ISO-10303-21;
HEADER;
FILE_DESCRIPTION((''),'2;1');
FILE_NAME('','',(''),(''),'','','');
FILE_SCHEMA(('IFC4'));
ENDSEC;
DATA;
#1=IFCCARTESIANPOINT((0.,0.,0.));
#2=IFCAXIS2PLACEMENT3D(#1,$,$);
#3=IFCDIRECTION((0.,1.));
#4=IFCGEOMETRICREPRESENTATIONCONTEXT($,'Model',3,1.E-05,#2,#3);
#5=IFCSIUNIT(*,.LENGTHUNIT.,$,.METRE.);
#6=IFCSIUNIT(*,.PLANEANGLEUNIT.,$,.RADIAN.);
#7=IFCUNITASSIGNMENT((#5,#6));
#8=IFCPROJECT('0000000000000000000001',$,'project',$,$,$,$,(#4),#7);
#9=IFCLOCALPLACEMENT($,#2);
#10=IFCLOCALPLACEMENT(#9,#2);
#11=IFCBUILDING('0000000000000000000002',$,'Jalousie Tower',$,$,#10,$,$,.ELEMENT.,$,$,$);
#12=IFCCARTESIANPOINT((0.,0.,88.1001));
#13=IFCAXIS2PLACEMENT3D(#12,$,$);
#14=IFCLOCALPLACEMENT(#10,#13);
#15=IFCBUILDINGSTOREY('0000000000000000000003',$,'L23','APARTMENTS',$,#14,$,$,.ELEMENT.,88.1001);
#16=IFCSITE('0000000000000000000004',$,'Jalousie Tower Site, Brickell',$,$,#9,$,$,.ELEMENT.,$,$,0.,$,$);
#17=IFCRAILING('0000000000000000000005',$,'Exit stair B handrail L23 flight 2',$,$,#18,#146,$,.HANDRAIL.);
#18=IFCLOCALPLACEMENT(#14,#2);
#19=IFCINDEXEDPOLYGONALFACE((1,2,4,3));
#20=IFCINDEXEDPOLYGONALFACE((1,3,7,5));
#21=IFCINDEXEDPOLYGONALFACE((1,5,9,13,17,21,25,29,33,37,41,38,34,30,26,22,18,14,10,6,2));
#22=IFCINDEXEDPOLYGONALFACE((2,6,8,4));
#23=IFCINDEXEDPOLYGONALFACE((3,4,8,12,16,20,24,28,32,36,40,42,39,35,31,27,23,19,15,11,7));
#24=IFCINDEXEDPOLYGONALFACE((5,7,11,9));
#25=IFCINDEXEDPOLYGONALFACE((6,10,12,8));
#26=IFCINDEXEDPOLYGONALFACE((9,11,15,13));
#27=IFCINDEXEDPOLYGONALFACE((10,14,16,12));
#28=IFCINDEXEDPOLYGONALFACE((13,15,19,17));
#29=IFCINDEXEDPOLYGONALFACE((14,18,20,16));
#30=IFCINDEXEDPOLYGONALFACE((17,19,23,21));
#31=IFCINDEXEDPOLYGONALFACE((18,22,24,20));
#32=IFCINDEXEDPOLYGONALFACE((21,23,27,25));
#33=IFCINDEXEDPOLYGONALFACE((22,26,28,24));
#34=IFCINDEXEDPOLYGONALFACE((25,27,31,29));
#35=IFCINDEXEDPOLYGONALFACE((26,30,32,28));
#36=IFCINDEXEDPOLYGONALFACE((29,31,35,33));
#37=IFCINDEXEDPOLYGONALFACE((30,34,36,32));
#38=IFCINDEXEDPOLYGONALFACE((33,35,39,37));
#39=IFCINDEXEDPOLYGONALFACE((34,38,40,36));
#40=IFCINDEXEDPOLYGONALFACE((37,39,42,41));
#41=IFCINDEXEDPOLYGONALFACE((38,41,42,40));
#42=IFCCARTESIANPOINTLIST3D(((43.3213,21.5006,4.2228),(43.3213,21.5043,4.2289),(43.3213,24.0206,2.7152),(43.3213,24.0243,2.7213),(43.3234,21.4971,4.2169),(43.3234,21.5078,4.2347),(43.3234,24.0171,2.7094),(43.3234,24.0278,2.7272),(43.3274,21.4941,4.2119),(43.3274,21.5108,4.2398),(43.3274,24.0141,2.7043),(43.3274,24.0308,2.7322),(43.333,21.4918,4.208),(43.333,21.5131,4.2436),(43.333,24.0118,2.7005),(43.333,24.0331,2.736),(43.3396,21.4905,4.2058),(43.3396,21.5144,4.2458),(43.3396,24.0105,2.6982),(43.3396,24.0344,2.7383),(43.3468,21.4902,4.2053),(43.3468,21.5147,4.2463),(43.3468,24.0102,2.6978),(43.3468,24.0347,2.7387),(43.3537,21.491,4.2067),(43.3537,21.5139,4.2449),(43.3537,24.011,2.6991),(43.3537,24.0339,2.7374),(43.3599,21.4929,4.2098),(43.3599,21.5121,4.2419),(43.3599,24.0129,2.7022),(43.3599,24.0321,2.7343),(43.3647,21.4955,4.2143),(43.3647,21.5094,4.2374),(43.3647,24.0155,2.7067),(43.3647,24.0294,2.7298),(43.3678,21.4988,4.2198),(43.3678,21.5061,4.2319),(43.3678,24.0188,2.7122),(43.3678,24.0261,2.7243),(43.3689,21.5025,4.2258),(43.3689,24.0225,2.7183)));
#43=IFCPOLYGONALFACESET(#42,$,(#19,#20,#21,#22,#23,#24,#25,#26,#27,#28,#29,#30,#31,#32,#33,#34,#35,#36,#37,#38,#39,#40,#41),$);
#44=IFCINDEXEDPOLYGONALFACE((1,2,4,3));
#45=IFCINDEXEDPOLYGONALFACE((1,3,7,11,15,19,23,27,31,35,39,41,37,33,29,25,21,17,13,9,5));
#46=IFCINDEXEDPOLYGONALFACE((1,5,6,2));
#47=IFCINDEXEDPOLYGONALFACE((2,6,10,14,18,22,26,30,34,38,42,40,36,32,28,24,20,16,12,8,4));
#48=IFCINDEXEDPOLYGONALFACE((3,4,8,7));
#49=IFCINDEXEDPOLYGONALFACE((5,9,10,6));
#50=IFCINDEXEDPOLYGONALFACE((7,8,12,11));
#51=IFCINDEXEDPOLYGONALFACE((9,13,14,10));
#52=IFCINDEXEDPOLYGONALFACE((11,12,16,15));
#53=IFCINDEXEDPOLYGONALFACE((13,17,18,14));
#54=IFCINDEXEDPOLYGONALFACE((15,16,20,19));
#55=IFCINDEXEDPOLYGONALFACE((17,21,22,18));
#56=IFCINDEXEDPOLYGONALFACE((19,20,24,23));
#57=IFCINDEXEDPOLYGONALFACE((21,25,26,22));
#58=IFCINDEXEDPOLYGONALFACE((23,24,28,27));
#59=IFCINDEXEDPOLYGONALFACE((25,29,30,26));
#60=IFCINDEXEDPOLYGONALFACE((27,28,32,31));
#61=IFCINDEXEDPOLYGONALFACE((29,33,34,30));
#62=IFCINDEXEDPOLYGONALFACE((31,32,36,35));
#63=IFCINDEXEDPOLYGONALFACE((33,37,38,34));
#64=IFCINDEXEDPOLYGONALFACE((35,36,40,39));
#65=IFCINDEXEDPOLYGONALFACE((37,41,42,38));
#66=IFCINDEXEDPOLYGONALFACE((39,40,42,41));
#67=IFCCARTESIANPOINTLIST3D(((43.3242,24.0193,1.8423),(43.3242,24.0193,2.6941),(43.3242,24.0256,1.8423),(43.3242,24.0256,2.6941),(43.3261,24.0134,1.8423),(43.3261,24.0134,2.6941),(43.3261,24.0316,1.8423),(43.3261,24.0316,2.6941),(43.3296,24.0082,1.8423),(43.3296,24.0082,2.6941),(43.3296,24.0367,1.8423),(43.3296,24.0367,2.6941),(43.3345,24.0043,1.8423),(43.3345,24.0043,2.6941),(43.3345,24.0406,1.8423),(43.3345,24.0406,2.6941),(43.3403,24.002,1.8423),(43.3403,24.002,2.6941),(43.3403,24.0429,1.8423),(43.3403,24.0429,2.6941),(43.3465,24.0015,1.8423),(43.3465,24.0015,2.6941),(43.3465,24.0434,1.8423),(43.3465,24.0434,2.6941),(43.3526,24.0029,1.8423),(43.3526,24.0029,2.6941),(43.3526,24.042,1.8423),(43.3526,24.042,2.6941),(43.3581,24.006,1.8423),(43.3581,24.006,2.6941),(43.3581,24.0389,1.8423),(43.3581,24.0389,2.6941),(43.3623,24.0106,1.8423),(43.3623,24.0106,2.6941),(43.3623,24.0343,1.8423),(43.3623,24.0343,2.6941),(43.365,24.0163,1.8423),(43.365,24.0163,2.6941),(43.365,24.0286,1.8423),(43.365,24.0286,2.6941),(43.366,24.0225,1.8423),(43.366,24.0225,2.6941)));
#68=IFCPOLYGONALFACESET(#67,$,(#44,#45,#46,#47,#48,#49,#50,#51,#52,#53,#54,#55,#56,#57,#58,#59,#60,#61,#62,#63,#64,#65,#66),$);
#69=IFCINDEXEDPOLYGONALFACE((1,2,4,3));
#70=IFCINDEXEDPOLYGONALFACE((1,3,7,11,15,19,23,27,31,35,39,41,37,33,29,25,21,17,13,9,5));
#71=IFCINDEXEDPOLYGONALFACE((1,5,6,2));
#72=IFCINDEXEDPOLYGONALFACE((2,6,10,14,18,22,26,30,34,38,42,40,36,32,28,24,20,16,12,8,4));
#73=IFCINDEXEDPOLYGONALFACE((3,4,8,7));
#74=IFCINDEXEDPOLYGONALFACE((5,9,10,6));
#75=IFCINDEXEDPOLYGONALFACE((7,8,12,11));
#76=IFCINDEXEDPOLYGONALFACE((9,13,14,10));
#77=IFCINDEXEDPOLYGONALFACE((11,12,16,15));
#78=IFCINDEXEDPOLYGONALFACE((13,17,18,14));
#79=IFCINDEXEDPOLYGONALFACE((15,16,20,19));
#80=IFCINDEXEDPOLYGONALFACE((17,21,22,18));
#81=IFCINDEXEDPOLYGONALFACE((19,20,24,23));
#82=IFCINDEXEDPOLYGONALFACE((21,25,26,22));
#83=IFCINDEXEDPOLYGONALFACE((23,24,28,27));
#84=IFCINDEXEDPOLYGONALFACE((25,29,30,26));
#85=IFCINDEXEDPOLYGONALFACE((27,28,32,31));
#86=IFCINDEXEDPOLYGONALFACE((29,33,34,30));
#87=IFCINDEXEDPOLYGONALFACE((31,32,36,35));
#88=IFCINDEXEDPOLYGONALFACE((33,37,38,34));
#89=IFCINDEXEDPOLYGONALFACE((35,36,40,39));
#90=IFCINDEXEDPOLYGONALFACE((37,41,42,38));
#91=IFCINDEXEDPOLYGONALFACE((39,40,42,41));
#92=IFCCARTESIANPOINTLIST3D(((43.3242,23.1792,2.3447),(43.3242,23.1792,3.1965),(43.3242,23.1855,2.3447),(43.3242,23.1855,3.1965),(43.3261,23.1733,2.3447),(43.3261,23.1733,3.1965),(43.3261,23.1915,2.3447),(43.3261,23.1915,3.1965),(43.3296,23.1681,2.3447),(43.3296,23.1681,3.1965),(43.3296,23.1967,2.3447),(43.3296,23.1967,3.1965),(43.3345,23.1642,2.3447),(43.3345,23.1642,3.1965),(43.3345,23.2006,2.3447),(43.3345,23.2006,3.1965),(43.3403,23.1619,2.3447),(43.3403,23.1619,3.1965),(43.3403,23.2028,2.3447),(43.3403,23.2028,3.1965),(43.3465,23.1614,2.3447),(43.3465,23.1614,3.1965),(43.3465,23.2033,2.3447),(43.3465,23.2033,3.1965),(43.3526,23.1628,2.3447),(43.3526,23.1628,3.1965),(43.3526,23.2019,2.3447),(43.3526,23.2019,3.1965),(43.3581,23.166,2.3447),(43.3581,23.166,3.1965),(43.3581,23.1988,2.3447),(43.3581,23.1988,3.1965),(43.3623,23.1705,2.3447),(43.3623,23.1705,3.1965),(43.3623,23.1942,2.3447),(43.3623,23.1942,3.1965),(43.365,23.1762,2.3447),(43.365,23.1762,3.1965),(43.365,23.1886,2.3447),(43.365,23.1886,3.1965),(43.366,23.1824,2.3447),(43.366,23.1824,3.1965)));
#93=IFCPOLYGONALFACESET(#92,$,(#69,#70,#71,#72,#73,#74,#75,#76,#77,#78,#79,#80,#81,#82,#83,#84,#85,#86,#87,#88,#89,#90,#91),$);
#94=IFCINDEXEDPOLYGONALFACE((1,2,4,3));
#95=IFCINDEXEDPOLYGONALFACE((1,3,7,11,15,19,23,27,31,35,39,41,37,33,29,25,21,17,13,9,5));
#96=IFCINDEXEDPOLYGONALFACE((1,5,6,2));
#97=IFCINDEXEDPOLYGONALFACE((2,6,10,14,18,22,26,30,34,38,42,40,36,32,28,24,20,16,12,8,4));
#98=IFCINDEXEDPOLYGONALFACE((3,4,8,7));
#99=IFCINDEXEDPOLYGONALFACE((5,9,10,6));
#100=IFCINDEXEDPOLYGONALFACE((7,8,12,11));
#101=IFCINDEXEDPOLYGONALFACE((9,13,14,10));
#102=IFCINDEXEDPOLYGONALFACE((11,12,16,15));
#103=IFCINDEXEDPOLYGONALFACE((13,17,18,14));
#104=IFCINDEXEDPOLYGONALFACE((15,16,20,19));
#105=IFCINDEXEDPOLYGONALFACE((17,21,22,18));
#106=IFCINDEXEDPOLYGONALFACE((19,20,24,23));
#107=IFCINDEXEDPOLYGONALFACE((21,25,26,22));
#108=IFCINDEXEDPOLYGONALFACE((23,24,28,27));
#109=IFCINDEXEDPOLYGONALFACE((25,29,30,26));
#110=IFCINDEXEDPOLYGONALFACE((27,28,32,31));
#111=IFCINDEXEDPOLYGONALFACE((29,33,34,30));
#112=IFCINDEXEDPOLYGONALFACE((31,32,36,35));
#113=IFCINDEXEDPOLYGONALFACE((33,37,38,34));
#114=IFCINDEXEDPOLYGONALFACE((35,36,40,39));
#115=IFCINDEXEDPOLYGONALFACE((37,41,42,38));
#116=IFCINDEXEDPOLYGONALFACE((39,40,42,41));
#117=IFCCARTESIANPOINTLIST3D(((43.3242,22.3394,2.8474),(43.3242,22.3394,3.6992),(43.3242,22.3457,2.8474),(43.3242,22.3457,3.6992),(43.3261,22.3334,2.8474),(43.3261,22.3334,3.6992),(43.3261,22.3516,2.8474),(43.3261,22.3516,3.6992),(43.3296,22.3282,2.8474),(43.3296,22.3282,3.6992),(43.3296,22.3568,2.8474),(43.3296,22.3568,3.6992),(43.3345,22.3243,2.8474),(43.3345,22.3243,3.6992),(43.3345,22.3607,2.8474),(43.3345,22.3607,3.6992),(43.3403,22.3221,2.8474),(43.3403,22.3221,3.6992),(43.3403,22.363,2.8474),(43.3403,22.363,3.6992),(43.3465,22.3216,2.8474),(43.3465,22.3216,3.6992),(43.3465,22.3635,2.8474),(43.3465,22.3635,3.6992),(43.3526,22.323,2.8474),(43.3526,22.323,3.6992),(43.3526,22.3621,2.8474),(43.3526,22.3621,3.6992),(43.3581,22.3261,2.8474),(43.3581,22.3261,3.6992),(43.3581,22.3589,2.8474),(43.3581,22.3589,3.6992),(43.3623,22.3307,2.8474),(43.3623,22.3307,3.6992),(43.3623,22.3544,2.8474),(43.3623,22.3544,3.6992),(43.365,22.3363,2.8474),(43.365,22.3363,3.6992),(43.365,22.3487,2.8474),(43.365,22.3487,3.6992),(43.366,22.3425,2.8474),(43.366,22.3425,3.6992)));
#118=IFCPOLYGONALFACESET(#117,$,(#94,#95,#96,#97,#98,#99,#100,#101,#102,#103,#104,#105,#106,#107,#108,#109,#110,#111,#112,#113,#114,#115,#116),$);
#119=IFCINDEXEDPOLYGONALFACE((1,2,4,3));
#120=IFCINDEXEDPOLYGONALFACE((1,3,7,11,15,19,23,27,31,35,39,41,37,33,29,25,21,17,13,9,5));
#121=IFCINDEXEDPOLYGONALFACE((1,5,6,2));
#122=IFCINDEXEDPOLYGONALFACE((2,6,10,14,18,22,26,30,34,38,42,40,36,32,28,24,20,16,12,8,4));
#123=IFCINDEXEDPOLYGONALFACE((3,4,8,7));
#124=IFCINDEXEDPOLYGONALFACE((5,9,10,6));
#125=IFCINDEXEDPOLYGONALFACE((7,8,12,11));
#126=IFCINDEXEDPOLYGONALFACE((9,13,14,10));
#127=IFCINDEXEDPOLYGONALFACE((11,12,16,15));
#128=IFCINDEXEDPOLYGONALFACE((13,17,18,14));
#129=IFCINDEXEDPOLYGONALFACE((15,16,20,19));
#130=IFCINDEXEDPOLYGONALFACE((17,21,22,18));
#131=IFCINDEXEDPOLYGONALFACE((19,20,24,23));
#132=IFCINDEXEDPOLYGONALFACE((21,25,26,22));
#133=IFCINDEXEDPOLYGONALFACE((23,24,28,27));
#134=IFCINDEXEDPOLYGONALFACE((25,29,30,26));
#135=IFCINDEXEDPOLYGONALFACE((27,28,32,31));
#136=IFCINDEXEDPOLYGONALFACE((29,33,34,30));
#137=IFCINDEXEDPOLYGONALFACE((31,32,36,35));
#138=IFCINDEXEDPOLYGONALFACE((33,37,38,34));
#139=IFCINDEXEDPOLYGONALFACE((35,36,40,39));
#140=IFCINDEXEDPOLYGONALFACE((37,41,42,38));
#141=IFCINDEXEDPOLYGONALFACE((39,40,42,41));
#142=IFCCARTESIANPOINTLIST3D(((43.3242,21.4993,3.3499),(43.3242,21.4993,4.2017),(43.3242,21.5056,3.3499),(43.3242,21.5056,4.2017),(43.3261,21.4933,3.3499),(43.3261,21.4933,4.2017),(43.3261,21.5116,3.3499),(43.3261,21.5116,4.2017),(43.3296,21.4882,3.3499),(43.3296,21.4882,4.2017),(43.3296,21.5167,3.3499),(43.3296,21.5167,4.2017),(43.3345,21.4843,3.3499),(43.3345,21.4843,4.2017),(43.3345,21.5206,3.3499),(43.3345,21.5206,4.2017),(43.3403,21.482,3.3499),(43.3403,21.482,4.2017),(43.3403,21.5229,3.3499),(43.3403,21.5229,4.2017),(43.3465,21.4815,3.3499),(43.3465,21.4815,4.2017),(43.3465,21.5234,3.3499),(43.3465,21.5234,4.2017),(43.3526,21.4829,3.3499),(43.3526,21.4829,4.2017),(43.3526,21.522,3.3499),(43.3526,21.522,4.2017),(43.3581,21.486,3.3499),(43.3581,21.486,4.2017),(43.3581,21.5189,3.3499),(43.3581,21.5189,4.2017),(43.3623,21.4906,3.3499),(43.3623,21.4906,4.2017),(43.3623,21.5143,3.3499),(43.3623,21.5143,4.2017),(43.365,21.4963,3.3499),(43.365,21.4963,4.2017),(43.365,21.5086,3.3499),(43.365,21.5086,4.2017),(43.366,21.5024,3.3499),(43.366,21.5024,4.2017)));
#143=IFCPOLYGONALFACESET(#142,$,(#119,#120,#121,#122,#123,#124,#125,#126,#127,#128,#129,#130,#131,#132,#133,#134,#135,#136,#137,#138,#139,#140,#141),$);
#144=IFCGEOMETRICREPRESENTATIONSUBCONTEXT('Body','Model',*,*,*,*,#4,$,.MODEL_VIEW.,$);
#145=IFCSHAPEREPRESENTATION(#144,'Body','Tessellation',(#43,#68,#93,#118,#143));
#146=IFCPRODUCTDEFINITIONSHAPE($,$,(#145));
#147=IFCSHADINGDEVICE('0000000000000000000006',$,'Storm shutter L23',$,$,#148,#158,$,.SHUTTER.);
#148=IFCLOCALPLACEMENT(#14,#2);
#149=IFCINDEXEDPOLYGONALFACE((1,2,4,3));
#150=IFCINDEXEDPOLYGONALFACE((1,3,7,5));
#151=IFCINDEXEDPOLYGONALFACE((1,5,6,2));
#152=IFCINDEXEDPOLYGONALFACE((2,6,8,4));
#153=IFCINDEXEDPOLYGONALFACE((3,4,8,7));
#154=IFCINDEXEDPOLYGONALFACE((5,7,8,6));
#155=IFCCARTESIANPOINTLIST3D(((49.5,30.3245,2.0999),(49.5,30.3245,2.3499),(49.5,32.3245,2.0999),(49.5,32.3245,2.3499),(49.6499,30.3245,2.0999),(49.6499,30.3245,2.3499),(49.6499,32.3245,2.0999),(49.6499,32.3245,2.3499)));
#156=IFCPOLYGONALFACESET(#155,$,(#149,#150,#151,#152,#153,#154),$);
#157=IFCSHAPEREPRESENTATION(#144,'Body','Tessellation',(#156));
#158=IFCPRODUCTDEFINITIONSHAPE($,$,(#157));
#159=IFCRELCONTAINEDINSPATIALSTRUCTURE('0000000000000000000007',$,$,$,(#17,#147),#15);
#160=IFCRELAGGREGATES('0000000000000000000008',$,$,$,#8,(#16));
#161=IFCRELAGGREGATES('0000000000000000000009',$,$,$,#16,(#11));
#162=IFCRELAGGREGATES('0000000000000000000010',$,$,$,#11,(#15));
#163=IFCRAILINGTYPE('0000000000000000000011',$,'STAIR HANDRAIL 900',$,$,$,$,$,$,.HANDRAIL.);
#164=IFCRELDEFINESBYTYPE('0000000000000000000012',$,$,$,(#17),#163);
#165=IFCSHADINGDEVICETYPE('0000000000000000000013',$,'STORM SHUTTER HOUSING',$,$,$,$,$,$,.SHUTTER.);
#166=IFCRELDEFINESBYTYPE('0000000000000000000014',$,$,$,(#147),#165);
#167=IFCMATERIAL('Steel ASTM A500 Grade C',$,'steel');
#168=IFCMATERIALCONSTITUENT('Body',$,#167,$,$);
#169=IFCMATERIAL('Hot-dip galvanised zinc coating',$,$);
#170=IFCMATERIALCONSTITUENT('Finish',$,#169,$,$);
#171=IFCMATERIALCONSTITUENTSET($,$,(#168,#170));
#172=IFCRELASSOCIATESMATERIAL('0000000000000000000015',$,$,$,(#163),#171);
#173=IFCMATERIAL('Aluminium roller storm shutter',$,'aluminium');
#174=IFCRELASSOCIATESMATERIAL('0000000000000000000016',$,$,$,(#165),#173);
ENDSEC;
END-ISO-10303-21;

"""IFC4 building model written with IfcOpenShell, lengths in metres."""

from ifc_helpers import new_model, si_unit, direction, frame, origin, origin_2d, place, context, subcontext, project, spatial, rectangle, circle, extrude, material, constituent, constituent_set, type_object, element, save


model = new_model("IFC4")

# Units and contexts
model_context = context("Model", 3, precision=1e-05, world=origin(), true_north=direction((0.0, 1.0)))
body_context = subcontext(model_context, "Body", "Model", "MODEL_VIEW")
ifc_project = project(units=[si_unit("LENGTHUNIT", "METRE"), si_unit("PLANEANGLEUNIT", "RADIAN")], contexts=[model_context])

# Site, building, storey
site_placement = place(None, origin())
site = spatial("IfcSite", under=ifc_project, at=site_placement, Name="Jalousie Tower Site, Brickell", CompositionType="ELEMENT", RefElevation=0.0)
building_placement = place(site_placement, origin())
building = spatial("IfcBuilding", under=site, at=building_placement, Name="Jalousie Tower", CompositionType="ELEMENT")
storey_placement = place(building_placement, frame((0.0, 0.0, 88.1001)))
storey = spatial("IfcBuildingStorey", under=building, at=storey_placement, Name="L23", Description="APARTMENTS", CompositionType="ELEMENT", Elevation=88.1001)

# Railing
ifc_material_1 = material(Name="Steel ASTM A500 Grade C", Category="steel")
ifc_constituent_1 = constituent(ifc_material_1, Name="Body")
ifc_material_2 = material(Name="Hot-dip galvanised zinc coating")
ifc_constituent_2 = constituent(ifc_material_2, Name="Finish")
ifc_constituent_set_1 = constituent_set(constituents=[ifc_constituent_1, ifc_constituent_2])
railing_type_1 = type_object("IfcRailingType", Name="STAIR HANDRAIL 900", PredefinedType="HANDRAIL", material=ifc_constituent_set_1)
railing_1_placement = place(storey_placement, frame((43.345, 24.0225, 1.8423)))
element("IfcRailing", 1, at=railing_1_placement, inside=storey, type_object=railing_type_1, Name="Exit stair B handrail L23 flight 2", PredefinedType="HANDRAIL", context=body_context, shape_type="SweptSolid", body=[
    extrude(circle(Radius=0.0239, at=origin_2d()), frame((0.0, 0.0, 0.876), z_axis=(0.0, -0.85816, 0.513383), x_axis=(1.0, 0.0, 0.0)), (0.0, 0.0, 1.0), 2.9365),
    extrude(circle(Radius=0.021, at=origin_2d()), origin(), (0.0, 0.0, 1.0), 0.8518),
    extrude(circle(Radius=0.021, at=origin_2d()), frame((0.0, -0.8401, 0.5024)), (0.0, 0.0, 1.0), 0.8518),
    extrude(circle(Radius=0.021, at=origin_2d()), frame((0.0, -1.6799, 1.0051)), (0.0, 0.0, 1.0), 0.8518),
    extrude(circle(Radius=0.021, at=origin_2d()), frame((0.0, -2.52, 1.5076)), (0.0, 0.0, 1.0), 0.8518),
])

# Shading device
ifc_material_3 = material(Name="Aluminium roller storm shutter", Category="aluminium")
shading_device_type = type_object("IfcShadingDeviceType", Name="STORM SHUTTER HOUSING", PredefinedType="SHUTTER", material=ifc_material_3)
shading_device_placement = place(storey_placement, frame((49.575, 31.3245, 2.0999), z_axis=(0.0, 0.0, 1.0), x_axis=(0.0, 1.0, 0.0)))
element("IfcShadingDevice", 2, at=shading_device_placement, inside=storey, type_object=shading_device_type, Name="Storm shutter L23", PredefinedType="SHUTTER", context=body_context, shape_type="SweptSolid", body=[
    extrude(rectangle(XDim=2.0, YDim=0.1499, at=origin_2d()), origin(), (0.0, 0.0, 1.0), 0.25),
])

save(model, "model.ifc")
